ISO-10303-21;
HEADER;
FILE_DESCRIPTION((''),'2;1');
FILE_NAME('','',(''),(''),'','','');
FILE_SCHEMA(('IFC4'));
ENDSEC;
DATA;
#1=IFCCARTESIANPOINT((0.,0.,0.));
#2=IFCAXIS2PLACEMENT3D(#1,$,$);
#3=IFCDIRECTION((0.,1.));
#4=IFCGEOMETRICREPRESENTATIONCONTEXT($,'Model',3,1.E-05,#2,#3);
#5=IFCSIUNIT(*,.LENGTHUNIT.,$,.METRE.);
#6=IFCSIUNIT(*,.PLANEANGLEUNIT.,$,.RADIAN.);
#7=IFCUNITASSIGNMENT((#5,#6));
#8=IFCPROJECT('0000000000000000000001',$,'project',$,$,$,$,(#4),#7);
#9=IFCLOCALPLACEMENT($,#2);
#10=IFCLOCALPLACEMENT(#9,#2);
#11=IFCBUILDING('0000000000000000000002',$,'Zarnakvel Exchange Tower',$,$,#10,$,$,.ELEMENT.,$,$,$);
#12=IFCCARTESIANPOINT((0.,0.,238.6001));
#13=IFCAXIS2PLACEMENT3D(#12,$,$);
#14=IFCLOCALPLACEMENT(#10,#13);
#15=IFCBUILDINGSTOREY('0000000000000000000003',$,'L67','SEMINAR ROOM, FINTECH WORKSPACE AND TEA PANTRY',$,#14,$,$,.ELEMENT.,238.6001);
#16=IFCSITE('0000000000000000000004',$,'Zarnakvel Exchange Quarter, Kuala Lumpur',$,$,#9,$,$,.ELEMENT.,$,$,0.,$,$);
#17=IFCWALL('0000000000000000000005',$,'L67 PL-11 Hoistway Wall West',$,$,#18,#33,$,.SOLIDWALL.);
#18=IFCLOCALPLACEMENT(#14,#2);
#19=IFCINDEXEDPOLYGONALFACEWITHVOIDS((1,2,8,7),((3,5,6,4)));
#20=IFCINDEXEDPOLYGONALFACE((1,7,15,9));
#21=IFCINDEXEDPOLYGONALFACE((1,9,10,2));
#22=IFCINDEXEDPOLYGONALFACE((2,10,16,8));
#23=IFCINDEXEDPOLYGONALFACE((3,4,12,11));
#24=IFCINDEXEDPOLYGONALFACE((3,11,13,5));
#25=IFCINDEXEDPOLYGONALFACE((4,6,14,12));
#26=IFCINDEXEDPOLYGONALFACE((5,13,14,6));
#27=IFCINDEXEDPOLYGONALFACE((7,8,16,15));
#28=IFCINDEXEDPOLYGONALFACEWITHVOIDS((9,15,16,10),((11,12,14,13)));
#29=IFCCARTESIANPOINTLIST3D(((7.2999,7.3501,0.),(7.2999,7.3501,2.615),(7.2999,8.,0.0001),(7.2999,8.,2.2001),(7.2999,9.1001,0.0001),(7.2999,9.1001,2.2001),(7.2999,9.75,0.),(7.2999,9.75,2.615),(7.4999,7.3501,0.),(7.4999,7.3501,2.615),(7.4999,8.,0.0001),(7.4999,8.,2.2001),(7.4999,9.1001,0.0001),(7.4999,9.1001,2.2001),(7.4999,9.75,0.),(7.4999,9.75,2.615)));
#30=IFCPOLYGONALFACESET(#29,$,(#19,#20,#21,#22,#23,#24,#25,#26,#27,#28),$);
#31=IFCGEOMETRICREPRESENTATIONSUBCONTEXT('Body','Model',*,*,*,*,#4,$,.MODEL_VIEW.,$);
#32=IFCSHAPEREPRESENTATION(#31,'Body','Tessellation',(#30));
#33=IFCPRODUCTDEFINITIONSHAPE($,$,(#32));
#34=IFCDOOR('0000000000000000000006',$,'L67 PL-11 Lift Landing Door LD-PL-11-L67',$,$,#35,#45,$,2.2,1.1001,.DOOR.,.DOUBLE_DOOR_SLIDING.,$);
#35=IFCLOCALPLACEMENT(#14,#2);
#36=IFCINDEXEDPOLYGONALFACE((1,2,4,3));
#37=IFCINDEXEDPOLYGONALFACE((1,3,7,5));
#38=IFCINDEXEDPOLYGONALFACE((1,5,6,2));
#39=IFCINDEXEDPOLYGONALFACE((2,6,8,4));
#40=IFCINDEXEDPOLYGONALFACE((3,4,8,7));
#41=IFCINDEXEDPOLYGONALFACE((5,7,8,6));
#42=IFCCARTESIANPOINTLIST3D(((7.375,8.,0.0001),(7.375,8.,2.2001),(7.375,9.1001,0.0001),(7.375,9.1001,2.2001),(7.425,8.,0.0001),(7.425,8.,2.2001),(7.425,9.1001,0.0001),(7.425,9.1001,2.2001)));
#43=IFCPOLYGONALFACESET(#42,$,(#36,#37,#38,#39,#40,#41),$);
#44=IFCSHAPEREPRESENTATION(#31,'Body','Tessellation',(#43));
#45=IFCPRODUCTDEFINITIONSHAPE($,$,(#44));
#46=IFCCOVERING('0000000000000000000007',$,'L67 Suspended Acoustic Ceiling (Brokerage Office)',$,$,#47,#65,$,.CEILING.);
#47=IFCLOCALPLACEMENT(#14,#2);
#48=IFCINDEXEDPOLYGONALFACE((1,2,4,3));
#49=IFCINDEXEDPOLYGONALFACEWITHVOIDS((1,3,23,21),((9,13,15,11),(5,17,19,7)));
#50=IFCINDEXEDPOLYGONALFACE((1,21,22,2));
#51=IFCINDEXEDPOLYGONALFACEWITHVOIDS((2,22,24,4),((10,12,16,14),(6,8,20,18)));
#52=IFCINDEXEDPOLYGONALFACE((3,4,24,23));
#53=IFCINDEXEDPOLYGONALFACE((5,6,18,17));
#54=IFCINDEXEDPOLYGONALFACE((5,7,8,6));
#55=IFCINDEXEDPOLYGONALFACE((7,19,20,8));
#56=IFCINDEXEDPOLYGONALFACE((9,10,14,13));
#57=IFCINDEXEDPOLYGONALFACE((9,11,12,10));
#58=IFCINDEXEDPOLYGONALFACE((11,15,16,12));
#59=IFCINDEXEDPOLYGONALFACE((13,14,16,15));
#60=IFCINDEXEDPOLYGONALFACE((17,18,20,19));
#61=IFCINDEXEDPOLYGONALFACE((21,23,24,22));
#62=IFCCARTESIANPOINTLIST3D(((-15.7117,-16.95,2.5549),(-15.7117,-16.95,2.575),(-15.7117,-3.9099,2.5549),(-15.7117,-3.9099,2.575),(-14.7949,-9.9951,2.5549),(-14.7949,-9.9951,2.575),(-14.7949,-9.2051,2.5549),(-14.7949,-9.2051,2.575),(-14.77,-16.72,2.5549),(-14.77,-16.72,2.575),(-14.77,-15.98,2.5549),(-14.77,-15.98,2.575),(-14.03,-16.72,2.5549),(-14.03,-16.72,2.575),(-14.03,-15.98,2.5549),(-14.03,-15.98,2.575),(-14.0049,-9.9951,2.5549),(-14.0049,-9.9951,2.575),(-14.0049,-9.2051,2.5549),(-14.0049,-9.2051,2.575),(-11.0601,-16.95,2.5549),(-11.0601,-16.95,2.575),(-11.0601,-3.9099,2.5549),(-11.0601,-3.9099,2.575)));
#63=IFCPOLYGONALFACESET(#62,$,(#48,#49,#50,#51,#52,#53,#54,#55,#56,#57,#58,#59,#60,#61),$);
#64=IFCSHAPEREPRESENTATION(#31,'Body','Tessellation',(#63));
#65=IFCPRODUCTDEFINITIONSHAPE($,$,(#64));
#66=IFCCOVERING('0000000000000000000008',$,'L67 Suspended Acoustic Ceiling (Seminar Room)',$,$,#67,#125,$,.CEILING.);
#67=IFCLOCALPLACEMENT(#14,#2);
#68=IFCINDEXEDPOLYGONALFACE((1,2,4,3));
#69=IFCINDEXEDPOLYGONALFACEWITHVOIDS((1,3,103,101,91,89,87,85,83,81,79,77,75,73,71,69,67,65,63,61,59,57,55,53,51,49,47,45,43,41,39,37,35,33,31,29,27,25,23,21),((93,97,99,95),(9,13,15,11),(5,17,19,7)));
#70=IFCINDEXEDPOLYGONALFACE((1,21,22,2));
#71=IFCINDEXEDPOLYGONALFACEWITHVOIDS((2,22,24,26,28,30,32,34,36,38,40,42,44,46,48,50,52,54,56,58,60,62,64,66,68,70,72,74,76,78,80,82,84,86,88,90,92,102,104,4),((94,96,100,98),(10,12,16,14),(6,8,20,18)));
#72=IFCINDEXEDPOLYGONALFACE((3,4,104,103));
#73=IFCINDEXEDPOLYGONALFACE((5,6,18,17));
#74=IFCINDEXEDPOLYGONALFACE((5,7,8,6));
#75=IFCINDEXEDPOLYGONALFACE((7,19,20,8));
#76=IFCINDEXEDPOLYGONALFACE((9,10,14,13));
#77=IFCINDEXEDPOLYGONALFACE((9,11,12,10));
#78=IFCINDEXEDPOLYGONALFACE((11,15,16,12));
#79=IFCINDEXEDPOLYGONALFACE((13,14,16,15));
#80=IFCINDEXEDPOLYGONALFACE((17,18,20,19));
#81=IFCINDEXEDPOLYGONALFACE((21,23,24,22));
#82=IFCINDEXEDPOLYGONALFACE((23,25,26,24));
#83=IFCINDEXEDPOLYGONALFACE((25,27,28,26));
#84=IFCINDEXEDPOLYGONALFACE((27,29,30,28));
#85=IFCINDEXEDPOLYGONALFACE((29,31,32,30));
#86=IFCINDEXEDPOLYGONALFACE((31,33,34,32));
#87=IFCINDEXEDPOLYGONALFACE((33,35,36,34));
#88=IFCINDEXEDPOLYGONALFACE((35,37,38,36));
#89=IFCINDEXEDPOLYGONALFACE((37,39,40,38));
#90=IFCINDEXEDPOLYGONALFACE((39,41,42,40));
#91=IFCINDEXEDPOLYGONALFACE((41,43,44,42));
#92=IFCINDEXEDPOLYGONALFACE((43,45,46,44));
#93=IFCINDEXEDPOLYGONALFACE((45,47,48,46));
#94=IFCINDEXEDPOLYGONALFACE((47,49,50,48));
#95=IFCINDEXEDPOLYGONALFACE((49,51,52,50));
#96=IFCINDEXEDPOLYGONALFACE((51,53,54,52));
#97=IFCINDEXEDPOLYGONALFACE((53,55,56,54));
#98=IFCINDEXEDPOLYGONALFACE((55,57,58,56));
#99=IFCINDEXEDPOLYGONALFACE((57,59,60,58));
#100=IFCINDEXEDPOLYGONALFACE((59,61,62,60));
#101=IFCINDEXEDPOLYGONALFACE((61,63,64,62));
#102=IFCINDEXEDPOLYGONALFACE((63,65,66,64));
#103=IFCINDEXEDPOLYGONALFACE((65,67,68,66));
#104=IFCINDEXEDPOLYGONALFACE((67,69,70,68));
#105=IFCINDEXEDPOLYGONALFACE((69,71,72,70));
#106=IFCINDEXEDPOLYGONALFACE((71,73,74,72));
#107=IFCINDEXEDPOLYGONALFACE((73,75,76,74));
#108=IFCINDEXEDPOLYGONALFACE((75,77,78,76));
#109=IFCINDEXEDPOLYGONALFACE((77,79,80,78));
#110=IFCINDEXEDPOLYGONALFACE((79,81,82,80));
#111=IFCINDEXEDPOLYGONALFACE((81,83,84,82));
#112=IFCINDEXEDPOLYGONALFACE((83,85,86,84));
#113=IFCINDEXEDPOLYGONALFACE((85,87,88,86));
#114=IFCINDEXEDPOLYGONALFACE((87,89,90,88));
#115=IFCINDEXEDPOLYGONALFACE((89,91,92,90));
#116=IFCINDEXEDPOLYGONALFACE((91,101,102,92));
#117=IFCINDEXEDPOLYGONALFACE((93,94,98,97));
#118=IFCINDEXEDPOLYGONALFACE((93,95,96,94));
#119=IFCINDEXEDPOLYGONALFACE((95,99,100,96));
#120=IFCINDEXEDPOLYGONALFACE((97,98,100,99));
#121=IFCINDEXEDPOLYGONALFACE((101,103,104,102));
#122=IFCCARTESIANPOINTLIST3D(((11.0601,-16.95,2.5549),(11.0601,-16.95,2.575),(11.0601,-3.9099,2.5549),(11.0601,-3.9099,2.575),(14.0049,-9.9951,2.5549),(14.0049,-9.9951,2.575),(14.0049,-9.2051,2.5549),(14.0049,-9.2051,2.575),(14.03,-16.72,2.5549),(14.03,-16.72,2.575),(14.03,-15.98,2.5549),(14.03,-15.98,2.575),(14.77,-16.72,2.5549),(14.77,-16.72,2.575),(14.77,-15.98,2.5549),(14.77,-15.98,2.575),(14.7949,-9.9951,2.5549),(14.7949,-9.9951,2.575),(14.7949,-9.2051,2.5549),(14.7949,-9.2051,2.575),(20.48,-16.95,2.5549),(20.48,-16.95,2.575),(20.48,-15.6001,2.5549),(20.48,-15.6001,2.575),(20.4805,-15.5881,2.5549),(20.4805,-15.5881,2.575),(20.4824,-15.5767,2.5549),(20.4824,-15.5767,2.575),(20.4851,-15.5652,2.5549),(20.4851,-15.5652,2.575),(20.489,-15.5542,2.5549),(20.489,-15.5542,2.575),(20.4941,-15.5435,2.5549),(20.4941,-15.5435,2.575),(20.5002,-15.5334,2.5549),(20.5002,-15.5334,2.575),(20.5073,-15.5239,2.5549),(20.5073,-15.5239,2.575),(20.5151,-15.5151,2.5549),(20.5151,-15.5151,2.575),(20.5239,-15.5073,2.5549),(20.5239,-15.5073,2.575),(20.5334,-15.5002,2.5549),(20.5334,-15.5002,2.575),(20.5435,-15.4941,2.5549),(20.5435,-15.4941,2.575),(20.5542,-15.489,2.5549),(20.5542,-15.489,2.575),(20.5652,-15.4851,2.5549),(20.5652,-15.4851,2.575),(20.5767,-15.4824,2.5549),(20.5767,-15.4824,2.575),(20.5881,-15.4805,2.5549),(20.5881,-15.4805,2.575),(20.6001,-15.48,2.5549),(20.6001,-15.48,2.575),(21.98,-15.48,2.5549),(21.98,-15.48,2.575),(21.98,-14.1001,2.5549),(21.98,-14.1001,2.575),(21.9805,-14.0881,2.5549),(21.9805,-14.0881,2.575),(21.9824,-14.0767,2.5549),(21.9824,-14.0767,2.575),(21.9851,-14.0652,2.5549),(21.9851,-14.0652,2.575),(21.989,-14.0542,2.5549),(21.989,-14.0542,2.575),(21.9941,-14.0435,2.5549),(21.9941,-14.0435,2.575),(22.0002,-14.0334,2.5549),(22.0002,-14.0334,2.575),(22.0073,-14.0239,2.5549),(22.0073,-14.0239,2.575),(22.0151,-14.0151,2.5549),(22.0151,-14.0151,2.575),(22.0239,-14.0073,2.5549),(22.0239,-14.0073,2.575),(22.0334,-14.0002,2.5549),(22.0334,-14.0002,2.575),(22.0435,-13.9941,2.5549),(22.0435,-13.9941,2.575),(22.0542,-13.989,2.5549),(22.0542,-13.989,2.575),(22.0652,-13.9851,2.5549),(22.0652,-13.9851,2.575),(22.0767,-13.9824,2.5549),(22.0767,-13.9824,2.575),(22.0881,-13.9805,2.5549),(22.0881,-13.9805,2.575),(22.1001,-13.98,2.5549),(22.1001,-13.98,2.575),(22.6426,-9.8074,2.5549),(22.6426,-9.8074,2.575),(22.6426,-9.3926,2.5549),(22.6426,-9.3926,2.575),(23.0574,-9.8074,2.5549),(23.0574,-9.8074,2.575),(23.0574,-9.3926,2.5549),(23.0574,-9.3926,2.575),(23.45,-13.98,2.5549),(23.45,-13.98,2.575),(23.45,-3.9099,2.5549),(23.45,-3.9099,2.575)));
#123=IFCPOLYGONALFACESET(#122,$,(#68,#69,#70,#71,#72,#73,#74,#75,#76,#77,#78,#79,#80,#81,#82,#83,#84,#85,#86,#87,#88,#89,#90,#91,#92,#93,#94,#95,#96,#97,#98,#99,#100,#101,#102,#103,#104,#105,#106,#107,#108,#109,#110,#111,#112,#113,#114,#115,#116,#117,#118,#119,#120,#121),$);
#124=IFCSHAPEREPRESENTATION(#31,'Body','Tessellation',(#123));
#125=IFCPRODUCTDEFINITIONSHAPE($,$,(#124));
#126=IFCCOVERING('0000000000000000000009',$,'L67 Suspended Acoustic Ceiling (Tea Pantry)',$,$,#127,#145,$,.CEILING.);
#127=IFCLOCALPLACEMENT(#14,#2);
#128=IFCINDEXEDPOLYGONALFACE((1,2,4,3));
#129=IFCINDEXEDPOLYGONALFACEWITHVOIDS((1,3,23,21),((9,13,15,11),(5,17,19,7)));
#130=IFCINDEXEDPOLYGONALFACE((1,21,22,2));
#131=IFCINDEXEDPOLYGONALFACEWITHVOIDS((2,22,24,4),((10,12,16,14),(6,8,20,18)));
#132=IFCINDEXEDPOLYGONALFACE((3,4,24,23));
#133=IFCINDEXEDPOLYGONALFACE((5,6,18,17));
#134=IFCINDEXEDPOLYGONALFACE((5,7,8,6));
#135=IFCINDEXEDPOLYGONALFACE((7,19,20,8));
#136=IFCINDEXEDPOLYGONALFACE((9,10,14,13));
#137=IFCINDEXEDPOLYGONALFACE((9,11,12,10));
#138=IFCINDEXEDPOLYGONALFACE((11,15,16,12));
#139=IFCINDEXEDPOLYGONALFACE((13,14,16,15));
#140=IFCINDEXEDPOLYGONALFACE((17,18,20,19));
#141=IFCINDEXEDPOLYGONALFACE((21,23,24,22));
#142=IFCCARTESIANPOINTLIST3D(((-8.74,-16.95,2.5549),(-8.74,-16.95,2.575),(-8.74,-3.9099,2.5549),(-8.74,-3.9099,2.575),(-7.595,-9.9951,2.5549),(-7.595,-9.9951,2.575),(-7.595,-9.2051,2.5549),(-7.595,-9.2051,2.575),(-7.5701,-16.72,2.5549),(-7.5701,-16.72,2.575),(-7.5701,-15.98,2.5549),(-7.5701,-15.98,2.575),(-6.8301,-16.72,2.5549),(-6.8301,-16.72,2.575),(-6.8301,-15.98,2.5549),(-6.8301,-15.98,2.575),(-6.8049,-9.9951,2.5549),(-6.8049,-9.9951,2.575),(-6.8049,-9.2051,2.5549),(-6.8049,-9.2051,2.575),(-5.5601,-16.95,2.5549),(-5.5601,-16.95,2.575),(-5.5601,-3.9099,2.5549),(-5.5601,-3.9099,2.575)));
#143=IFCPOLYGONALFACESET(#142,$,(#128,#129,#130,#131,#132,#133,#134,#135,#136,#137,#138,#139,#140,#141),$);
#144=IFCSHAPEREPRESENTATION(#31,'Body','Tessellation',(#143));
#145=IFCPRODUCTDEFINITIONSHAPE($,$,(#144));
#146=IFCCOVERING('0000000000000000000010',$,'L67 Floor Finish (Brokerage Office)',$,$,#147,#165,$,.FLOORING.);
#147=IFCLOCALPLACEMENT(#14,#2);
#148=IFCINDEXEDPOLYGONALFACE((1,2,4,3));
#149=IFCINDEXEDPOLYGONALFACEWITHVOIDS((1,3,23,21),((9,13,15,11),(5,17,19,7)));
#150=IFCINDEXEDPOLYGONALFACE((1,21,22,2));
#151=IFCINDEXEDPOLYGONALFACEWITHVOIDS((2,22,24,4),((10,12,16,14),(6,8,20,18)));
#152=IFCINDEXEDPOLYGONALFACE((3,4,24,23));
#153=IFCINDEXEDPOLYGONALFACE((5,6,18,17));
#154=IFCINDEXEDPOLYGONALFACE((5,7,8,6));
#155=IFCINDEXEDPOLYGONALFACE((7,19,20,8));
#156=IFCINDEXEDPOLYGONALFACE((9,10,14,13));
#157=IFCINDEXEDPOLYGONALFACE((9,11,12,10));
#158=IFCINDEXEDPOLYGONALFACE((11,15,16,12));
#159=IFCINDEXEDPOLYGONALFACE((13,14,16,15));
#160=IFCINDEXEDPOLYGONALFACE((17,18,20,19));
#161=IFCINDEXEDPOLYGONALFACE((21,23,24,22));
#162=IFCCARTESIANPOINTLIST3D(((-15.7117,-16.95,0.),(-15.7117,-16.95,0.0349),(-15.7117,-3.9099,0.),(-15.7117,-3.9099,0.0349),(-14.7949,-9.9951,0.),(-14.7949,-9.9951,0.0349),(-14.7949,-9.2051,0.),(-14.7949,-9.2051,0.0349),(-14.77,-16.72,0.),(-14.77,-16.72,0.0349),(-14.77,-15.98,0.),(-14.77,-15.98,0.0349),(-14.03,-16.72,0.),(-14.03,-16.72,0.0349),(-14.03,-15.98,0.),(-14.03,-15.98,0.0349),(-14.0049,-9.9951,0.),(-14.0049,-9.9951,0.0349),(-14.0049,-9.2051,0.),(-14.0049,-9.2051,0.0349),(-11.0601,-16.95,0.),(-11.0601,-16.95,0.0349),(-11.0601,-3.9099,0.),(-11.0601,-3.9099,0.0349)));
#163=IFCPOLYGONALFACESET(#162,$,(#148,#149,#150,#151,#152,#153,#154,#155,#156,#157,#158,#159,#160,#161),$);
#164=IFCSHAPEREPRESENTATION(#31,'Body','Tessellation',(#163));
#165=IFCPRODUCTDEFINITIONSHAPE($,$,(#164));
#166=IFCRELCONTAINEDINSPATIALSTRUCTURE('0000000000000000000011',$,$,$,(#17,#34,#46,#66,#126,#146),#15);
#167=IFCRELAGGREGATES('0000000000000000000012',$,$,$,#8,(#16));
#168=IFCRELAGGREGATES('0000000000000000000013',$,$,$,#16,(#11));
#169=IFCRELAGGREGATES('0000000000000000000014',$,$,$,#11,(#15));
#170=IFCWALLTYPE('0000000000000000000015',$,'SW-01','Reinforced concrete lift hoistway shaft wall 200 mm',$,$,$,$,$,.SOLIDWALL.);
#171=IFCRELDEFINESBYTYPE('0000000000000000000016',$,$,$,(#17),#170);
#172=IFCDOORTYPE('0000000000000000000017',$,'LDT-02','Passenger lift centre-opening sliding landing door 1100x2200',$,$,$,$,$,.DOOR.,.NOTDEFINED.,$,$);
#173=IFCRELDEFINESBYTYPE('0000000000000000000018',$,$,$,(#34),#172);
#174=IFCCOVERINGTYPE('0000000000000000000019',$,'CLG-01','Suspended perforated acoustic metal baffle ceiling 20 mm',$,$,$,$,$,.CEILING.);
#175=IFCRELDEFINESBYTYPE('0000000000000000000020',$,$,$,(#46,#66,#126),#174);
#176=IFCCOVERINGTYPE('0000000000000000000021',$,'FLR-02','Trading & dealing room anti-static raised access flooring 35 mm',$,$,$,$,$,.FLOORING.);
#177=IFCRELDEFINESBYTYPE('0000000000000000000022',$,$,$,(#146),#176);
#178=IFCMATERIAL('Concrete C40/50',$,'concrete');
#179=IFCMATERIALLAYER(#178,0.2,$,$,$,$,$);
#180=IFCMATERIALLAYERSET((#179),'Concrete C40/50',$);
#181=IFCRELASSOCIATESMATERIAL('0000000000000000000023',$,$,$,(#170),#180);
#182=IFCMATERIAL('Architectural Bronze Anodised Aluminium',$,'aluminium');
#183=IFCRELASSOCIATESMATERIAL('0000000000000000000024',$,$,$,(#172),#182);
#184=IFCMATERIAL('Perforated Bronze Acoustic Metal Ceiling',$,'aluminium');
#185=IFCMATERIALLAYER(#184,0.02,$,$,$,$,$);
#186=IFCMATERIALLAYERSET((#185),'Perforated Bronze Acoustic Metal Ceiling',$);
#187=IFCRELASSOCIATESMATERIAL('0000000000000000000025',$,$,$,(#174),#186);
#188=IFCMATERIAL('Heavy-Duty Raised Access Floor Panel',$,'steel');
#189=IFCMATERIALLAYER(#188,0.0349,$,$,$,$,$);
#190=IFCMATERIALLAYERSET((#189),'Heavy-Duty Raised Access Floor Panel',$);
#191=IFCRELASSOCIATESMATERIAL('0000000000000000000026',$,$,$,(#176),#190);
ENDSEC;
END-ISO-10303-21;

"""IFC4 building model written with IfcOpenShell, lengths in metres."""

from ifc_helpers import new_model, si_unit, direction, frame, frame_2d, origin, place, context, subcontext, project, spatial, polyline, rectangle, outline, extrude, source, transform, mapped, material, layer, layer_set, type_object, element, fill, save


model = new_model("IFC4")

# Units and contexts
model_context = context("Model", 3, precision=1e-05, world=origin(), true_north=direction((0.0, 1.0)))
body_context = subcontext(model_context, "Body", "Model", "MODEL_VIEW")
ifc_project = project(units=[si_unit("LENGTHUNIT", "METRE"), si_unit("PLANEANGLEUNIT", "RADIAN")], contexts=[model_context])

# Site, building, storey
site_placement = place(None, origin())
site = spatial("IfcSite", under=ifc_project, at=site_placement, Name="Zarnakvel Exchange Quarter, Kuala Lumpur", CompositionType="ELEMENT", RefElevation=0.0)
building_placement = place(site_placement, origin())
building = spatial("IfcBuilding", under=site, at=building_placement, Name="Zarnakvel Exchange Tower", CompositionType="ELEMENT")
storey_placement = place(building_placement, frame((0.0, 0.0, 238.6001)))
storey = spatial("IfcBuildingStorey", under=building, at=storey_placement, Name="L67", Description="SEMINAR ROOM, FINTECH WORKSPACE AND TEA PANTRY", CompositionType="ELEMENT", Elevation=238.6001)

# Shared definitions
ifc_material_1 = material(Name="Concrete C40/50", Category="concrete")
ifc_layer_1 = layer(ifc_material_1, 0.2)
ifc_layer_set_1 = layer_set([ifc_layer_1], Name="Concrete C40/50")
wall_type_1 = type_object("IfcWallType", Name="SW-01", Description="Reinforced concrete lift hoistway shaft wall 200 mm", PredefinedType="SOLIDWALL", material=ifc_layer_set_1)

# Wall, opening, door
wall_1_placement = place(storey_placement, frame((7.3999, 7.3501, 0.0), z_axis=(0.0, 0.0, 1.0), x_axis=(0.0, 1.0, 0.0)))
wall_1 = element("IfcWall", 1, at=wall_1_placement, inside=storey, type_object=wall_type_1, Name="L67 PL-11 Hoistway Wall West", PredefinedType="SOLIDWALL", context=body_context, shape_type="SweptSolid", body=[
    extrude(rectangle(XDim=2.3999, YDim=0.2, at=frame_2d((1.2, 0.0))), origin(), (0.0, 0.0, 1.0), 2.615),
])
opening_1_placement = place(wall_1_placement, frame((0.6499, 0.0, 0.0)))
opening_1 = element("IfcOpeningElement", 2, at=opening_1_placement, cuts=wall_1, PredefinedType="OPENING", context=body_context, shape_type="SweptSolid", body=[
    extrude(rectangle(XDim=1.1001, YDim=2.2, at=frame_2d((0.55, 1.1001))), frame((0.0, 0.1099, 0.0), z_axis=(0.0, -1.0, 0.0), x_axis=(1.0, 0.0, 0.0)), (0.0, 0.0, 1.0), 0.22),
])
ifc_material_2 = material(Name="Architectural Bronze Anodised Aluminium", Category="aluminium")
door_type_1 = type_object("IfcDoorType", Name="LDT-02", Description="Passenger lift centre-opening sliding landing door 1100x2200", OperationType="NOTDEFINED", PredefinedType="DOOR", material=ifc_material_2)
shared_shape_1 = source(origin(), body_context, "Body", "SweptSolid", [
    extrude(rectangle(XDim=1.1001, YDim=2.2, at=frame_2d((0.55, 1.1001))), frame((0.0, 0.0249, 0.0), z_axis=(0.0, -1.0, 0.0), x_axis=(1.0, 0.0, 0.0)), (0.0, 0.0, 1.0), 0.05),
])
door_1_placement = place(opening_1_placement, origin())
door_1 = element("IfcDoor", 3, at=door_1_placement, inside=storey, type_object=door_type_1, Name="L67 PL-11 Lift Landing Door LD-PL-11-L67", OperationType="DOUBLE_DOOR_SLIDING", OverallHeight=2.2, OverallWidth=1.1001, PredefinedType="DOOR", context=body_context, shape_type="MappedRepresentation", body=[
    mapped(shared_shape_1, transform((0.0, 0.0, 0.0), x_axis=(1.0, 0.0, 0.0), y_axis=(0.0, 1.0, 0.0), z_axis=(0.0, 0.0, 1.0), scale=1.0)),
])
fill(opening_1, door_1)

# Coverings
ifc_material_3 = material(Name="Perforated Bronze Acoustic Metal Ceiling", Category="aluminium")
ifc_layer_2 = layer(ifc_material_3, 0.02)
ifc_layer_set_2 = layer_set([ifc_layer_2], Name="Perforated Bronze Acoustic Metal Ceiling")
covering_type_1 = type_object("IfcCoveringType", Name="CLG-01", Description="Suspended perforated acoustic metal baffle ceiling 20 mm", PredefinedType="CEILING", material=ifc_layer_set_2)
covering_1_placement = place(storey_placement, frame((0.0, 0.0, 2.5549)))
element("IfcCovering", 4, at=covering_1_placement, inside=storey, type_object=covering_type_1, Name="L67 Suspended Acoustic Ceiling (Brokerage Office)", PredefinedType="CEILING", context=body_context, shape_type="SweptSolid", body=[
    extrude(outline(polyline([(-15.7117, -3.9099), (-11.0601, -3.9099), (-11.0601, -16.95), (-15.7117, -16.95), (-15.7117, -3.9099)]), holes=[polyline([(-14.0049, -9.9951), (-14.0049, -9.2051), (-14.7949, -9.2051), (-14.7949, -9.9951), (-14.0049, -9.9951)]), polyline([(-14.03, -15.98), (-14.77, -15.98), (-14.77, -16.72), (-14.03, -16.72), (-14.03, -15.98)])]), origin(), (0.0, 0.0, 1.0), 0.02),
])
covering_2_placement = place(storey_placement, frame((0.0, 0.0, 2.5549)))
element("IfcCovering", 5, at=covering_2_placement, inside=storey, type_object=covering_type_1, Name="L67 Suspended Acoustic Ceiling (Seminar Room)", PredefinedType="CEILING", context=body_context, shape_type="SweptSolid", body=[
    extrude(outline(polyline([(11.0601, -3.9099), (23.45, -3.9099), (23.45, -13.98), (22.1001, -13.98), (22.0881, -13.9805), (22.0767, -13.9824), (22.0652, -13.9851), (22.0542, -13.989), (22.0435, -13.9941), (22.0334, -14.0002), (22.0239, -14.0073), (22.0151, -14.0151), (22.0073, -14.0239), (22.0002, -14.0334), (21.9941, -14.0435), (21.989, -14.0542), (21.9851, -14.0652), (21.9824, -14.0767), (21.9805, -14.0881), (21.98, -14.1001), (21.98, -15.48), (20.6001, -15.48), (20.5881, -15.4805), (20.5767, -15.4824), (20.5652, -15.4851), (20.5542, -15.489), (20.5435, -15.4941), (20.5334, -15.5002), (20.5239, -15.5073), (20.5151, -15.5151), (20.5073, -15.5239), (20.5002, -15.5334), (20.4941, -15.5435), (20.489, -15.5542), (20.4851, -15.5652), (20.4824, -15.5767), (20.4805, -15.5881), (20.48, -15.6001), (20.48, -16.95), (11.0601, -16.95), (11.0601, -3.9099)]), holes=[polyline([(23.0574, -9.8074), (23.0574, -9.3926), (22.6426, -9.3926), (22.6426, -9.8074), (23.0574, -9.8074)]), polyline([(14.7949, -9.9951), (14.7949, -9.2051), (14.0049, -9.2051), (14.0049, -9.9951), (14.7949, -9.9951)]), polyline([(14.77, -16.72), (14.77, -15.98), (14.03, -15.98), (14.03, -16.72), (14.77, -16.72)])]), origin(), (0.0, 0.0, 1.0), 0.02),
])
covering_3_placement = place(storey_placement, frame((0.0, 0.0, 2.5549)))
element("IfcCovering", 6, at=covering_3_placement, inside=storey, type_object=covering_type_1, Name="L67 Suspended Acoustic Ceiling (Tea Pantry)", PredefinedType="CEILING", context=body_context, shape_type="SweptSolid", body=[
    extrude(outline(polyline([(-8.74, -3.9099), (-5.5601, -3.9099), (-5.5601, -16.95), (-8.74, -16.95), (-8.74, -3.9099)]), holes=[polyline([(-6.8049, -9.9951), (-6.8049, -9.2051), (-7.595, -9.2051), (-7.595, -9.9951), (-6.8049, -9.9951)]), polyline([(-6.8301, -16.72), (-6.8301, -15.98), (-7.5701, -15.98), (-7.5701, -16.72), (-6.8301, -16.72)])]), origin(), (0.0, 0.0, 1.0), 0.02),
])
ifc_material_4 = material(Name="Heavy-Duty Raised Access Floor Panel", Category="steel")
ifc_layer_3 = layer(ifc_material_4, 0.0349)
ifc_layer_set_3 = layer_set([ifc_layer_3], Name="Heavy-Duty Raised Access Floor Panel")
covering_type_2 = type_object("IfcCoveringType", Name="FLR-02", Description="Trading & dealing room anti-static raised access flooring 35 mm", PredefinedType="FLOORING", material=ifc_layer_set_3)
covering_4_placement = place(storey_placement, origin())
element("IfcCovering", 7, at=covering_4_placement, inside=storey, type_object=covering_type_2, Name="L67 Floor Finish (Brokerage Office)", PredefinedType="FLOORING", context=body_context, shape_type="SweptSolid", body=[
    extrude(outline(polyline([(-15.7117, -3.9099), (-11.0601, -3.9099), (-11.0601, -16.95), (-15.7117, -16.95), (-15.7117, -3.9099)]), holes=[polyline([(-14.0049, -9.9951), (-14.0049, -9.2051), (-14.7949, -9.2051), (-14.7949, -9.9951), (-14.0049, -9.9951)]), polyline([(-14.03, -15.98), (-14.77, -15.98), (-14.77, -16.72), (-14.03, -16.72), (-14.03, -15.98)])]), origin(), (0.0, 0.0, 1.0), 0.0349),
])

save(model, "model.ifc")
